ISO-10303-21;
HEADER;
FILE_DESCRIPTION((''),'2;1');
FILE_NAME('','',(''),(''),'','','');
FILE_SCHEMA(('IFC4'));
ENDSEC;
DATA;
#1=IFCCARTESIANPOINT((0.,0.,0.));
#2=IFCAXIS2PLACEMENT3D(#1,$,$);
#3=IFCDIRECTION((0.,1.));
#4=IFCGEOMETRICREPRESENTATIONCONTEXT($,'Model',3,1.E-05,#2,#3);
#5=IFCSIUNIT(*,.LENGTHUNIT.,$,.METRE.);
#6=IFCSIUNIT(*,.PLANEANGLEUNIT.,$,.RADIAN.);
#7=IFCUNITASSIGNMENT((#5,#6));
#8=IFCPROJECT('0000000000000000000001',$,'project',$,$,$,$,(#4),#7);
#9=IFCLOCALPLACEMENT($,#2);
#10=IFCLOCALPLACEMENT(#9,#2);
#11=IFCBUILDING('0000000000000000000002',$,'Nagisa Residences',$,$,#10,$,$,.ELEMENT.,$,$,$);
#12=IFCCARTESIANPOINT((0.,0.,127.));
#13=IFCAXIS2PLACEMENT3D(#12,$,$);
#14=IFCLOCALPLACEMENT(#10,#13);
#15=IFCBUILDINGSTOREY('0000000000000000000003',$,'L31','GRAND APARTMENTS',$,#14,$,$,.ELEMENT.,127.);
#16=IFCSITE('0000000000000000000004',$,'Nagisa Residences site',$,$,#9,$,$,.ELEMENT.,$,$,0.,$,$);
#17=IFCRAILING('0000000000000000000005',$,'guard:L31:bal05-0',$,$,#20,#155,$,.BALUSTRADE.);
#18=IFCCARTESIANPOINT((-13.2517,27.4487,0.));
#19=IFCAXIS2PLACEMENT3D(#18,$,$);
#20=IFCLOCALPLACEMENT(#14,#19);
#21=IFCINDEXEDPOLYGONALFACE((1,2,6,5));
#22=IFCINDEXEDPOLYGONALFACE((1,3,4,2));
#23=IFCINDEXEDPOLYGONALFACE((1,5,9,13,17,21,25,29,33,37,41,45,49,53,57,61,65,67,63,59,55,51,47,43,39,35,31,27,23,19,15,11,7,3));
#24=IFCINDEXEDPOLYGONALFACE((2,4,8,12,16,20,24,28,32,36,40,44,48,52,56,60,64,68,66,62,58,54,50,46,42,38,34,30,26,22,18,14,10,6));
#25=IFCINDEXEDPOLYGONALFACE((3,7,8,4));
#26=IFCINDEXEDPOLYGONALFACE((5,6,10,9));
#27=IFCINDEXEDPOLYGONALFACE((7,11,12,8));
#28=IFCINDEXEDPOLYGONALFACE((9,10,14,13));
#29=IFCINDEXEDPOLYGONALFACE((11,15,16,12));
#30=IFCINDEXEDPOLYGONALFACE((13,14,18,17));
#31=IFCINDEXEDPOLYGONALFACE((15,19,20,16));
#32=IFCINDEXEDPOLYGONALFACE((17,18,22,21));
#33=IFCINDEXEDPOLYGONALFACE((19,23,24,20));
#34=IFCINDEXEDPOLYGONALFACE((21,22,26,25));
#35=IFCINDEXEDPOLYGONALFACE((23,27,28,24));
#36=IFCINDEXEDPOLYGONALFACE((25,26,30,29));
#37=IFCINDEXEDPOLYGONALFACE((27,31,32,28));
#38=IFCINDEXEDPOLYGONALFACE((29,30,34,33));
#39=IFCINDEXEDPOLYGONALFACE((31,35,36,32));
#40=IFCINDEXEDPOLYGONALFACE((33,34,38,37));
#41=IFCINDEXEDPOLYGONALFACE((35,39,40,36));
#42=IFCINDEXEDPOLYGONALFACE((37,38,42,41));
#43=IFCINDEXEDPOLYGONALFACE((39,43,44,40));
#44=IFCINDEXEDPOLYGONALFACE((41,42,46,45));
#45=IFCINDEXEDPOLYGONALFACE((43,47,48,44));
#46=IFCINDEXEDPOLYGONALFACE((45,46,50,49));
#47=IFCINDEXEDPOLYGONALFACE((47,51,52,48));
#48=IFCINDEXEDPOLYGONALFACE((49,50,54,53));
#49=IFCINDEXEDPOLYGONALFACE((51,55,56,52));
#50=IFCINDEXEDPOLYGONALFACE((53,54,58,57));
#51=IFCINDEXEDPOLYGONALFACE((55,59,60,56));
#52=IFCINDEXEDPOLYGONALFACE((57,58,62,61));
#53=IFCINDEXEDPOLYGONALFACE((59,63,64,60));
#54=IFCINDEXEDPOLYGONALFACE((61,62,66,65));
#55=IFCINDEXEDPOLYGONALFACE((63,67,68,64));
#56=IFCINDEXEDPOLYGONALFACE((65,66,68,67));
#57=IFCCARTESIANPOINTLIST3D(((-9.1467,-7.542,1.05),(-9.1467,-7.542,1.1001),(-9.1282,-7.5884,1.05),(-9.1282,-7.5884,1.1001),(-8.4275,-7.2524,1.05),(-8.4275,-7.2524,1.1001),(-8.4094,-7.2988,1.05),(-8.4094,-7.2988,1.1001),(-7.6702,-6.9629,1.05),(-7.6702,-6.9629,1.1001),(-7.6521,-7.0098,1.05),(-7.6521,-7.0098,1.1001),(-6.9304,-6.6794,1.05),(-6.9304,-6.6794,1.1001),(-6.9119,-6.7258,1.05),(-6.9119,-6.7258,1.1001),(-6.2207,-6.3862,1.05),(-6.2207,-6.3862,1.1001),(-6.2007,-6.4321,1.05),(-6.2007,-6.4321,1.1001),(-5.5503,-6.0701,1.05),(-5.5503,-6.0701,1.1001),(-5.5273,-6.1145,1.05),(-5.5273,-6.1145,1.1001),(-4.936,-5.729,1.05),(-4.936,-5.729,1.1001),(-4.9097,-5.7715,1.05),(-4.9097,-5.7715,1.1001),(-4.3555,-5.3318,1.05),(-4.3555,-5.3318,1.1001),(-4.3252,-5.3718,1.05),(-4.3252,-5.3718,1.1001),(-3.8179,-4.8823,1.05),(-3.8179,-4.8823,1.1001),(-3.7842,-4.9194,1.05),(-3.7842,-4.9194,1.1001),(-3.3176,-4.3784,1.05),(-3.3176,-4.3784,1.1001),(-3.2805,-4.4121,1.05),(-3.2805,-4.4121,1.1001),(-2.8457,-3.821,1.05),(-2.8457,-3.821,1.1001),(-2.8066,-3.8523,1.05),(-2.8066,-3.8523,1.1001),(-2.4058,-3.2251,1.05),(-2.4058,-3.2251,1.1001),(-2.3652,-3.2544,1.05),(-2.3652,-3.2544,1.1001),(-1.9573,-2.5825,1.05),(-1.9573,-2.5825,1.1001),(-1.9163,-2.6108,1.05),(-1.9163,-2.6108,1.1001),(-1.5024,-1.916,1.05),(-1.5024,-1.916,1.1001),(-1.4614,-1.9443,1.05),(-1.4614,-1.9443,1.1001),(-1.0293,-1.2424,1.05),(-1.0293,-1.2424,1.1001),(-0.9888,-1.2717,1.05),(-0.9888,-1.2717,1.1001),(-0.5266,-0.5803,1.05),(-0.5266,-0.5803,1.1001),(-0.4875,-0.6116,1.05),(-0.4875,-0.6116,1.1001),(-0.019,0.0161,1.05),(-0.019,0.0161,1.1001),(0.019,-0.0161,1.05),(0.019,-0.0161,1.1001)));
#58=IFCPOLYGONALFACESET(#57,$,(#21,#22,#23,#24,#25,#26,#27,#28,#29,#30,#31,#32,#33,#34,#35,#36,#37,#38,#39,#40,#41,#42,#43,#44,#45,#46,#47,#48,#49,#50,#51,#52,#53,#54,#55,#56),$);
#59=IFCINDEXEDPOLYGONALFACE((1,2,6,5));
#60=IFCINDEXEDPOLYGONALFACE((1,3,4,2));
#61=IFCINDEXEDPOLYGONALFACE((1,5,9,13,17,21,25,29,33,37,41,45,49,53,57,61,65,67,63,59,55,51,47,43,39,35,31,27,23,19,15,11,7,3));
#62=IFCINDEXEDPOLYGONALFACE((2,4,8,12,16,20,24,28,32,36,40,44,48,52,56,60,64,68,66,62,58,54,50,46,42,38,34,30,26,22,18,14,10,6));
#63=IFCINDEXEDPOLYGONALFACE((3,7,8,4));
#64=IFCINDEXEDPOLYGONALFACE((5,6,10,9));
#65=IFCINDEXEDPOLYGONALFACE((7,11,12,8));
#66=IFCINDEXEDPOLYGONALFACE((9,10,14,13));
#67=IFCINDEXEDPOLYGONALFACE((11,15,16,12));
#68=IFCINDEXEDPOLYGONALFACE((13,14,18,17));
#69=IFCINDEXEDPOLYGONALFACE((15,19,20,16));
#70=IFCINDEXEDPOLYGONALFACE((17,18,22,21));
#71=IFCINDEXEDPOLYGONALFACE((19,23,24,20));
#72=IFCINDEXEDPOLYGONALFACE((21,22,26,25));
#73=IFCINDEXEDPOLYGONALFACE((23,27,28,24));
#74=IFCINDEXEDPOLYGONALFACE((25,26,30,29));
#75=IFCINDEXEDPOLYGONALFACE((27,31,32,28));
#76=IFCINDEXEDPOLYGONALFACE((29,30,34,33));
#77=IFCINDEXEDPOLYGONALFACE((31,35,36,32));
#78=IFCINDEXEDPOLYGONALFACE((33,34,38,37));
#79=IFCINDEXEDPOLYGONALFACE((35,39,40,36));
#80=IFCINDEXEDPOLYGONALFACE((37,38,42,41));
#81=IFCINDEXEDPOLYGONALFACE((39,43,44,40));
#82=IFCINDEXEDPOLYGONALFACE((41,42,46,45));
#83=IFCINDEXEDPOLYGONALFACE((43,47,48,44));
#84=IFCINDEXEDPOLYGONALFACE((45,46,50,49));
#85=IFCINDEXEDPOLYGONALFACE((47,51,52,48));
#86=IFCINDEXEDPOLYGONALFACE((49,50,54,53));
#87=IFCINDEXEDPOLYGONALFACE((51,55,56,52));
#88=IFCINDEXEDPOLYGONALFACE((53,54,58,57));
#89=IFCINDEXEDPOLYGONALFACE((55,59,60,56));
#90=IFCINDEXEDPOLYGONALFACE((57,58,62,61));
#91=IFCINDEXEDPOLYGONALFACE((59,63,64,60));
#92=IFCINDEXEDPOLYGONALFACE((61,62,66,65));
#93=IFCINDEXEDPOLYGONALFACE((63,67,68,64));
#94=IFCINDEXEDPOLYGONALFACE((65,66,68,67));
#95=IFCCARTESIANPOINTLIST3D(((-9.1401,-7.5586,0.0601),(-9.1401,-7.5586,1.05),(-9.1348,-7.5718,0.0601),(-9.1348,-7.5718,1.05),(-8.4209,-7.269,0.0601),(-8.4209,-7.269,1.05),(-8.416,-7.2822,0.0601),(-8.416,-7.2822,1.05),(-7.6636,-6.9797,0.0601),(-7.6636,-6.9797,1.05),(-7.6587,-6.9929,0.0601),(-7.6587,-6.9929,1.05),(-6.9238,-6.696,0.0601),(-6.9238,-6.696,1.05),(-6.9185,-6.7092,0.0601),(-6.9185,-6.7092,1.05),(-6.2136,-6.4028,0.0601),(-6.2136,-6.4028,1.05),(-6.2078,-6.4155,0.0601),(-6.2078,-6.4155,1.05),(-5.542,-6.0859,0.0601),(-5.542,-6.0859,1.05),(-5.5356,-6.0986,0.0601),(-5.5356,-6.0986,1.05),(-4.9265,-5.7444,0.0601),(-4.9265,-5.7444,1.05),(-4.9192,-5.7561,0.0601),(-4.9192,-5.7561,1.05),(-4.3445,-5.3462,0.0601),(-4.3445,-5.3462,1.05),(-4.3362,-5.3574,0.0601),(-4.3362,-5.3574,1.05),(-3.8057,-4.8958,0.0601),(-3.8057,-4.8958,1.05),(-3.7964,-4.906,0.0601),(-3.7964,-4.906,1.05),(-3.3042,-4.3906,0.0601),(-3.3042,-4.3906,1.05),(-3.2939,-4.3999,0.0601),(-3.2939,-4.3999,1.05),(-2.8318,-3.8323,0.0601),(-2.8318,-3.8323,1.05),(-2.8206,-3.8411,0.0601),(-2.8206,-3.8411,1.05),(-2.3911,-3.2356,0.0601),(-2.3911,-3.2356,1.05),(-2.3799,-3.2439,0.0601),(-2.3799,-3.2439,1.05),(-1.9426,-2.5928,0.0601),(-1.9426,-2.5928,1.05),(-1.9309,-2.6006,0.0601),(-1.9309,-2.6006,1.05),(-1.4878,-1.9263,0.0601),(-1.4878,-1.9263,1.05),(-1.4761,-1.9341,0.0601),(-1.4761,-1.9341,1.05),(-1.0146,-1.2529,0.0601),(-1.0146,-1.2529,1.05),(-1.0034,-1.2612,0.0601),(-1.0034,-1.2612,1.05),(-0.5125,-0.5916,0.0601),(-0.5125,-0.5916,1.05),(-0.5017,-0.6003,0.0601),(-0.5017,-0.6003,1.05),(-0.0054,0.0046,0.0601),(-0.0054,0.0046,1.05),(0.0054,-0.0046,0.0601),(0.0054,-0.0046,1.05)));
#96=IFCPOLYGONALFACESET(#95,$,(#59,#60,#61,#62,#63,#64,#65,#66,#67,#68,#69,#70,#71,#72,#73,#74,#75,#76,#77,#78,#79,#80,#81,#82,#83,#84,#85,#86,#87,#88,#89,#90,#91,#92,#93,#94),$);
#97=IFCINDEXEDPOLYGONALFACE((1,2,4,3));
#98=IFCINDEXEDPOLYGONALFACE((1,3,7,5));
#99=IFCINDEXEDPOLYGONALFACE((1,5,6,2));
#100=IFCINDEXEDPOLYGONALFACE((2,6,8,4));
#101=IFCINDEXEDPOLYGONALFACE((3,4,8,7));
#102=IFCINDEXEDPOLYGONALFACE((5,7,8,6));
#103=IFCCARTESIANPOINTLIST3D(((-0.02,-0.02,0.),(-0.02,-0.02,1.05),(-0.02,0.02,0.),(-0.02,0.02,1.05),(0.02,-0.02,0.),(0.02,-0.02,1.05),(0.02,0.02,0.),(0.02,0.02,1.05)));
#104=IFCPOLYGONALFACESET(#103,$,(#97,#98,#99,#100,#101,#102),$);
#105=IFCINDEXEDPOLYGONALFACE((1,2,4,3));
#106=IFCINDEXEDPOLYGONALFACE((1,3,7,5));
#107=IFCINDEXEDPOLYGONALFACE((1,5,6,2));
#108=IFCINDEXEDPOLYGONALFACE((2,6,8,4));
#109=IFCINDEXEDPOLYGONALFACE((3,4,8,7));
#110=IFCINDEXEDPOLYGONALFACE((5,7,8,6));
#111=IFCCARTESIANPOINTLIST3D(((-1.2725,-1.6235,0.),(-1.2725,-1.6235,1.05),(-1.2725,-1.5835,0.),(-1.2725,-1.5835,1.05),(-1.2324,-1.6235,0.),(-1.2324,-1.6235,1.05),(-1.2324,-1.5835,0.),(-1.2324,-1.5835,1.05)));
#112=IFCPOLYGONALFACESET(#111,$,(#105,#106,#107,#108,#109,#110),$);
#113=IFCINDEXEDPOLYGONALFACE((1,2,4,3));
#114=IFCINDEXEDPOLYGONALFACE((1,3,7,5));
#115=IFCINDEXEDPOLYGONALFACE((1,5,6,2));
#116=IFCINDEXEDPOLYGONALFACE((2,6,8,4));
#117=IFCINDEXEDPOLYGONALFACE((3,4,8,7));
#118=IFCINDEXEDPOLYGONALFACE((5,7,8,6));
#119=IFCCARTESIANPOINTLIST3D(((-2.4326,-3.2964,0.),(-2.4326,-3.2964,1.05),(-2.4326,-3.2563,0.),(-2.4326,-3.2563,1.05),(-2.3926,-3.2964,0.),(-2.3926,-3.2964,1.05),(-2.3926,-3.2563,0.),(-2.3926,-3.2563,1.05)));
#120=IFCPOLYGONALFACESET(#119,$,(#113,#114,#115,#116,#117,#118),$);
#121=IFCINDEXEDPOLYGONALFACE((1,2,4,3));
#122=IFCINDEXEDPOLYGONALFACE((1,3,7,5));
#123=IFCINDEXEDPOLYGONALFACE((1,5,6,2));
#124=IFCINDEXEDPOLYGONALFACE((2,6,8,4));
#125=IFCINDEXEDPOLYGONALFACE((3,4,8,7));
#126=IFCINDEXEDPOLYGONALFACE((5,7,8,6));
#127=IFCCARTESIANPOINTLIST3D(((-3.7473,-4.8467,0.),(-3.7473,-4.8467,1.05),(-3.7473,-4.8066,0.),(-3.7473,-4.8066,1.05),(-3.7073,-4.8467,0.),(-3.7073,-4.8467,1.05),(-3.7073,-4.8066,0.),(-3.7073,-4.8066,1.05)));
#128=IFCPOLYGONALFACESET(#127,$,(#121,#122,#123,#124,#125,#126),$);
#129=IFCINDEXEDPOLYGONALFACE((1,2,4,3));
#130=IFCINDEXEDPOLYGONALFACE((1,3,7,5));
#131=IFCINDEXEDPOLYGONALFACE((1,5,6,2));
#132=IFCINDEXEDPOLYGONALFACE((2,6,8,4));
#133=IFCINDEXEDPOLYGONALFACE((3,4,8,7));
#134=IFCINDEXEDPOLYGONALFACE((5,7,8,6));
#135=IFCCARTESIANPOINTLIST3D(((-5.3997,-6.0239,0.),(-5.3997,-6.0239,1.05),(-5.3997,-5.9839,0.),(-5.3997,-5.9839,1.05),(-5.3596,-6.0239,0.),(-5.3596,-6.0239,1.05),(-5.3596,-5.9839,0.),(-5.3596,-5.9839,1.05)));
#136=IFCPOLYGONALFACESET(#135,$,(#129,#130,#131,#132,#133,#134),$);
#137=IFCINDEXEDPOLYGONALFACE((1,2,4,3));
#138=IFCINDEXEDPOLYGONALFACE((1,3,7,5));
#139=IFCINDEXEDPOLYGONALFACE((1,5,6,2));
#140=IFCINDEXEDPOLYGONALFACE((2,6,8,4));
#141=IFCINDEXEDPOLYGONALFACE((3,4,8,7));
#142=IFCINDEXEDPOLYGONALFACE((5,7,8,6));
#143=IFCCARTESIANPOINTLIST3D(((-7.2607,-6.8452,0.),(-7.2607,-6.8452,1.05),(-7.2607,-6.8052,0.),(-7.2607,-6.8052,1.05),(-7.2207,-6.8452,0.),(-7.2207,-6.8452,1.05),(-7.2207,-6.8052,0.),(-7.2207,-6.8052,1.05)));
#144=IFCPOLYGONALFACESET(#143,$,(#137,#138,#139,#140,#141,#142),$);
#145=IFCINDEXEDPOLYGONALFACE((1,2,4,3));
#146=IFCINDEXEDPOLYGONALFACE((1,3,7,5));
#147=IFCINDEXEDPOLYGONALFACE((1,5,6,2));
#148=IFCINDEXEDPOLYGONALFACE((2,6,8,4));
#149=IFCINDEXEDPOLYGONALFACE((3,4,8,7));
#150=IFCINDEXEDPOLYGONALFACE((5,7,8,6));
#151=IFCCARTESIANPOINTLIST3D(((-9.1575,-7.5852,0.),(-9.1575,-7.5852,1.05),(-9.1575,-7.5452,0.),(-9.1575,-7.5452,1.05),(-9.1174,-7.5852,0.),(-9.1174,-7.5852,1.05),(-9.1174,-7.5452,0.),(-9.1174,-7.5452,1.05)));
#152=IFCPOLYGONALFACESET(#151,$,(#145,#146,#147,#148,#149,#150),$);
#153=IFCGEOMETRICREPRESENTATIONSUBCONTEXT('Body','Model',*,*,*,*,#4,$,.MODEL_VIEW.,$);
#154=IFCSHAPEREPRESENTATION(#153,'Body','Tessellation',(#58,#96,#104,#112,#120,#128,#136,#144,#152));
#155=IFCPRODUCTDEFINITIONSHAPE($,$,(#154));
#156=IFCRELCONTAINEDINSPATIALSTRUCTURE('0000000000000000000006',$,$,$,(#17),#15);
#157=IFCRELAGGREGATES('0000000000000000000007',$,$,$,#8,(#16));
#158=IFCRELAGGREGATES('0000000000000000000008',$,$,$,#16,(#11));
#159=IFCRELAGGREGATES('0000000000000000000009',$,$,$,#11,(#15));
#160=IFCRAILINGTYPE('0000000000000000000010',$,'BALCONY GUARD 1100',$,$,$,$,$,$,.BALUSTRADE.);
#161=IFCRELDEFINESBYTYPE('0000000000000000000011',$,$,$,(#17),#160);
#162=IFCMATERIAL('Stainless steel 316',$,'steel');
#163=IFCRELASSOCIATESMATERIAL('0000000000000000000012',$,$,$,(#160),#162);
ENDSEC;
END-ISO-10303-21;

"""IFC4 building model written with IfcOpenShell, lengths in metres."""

from ifc_helpers import new_model, si_unit, direction, frame, origin, origin_2d, place, context, subcontext, project, spatial, polyline, rectangle, outline, extrude, material, type_object, element, save


model = new_model("IFC4")

# Units and contexts
model_context = context("Model", 3, precision=1e-05, world=origin(), true_north=direction((0.0, 1.0)))
body_context = subcontext(model_context, "Body", "Model", "MODEL_VIEW")
ifc_project = project(units=[si_unit("LENGTHUNIT", "METRE"), si_unit("PLANEANGLEUNIT", "RADIAN")], contexts=[model_context])

# Site, building, storey
site_placement = place(None, origin())
site = spatial("IfcSite", under=ifc_project, at=site_placement, Name="Nagisa Residences site", CompositionType="ELEMENT", RefElevation=0.0)
building_placement = place(site_placement, origin())
building = spatial("IfcBuilding", under=site, at=building_placement, Name="Nagisa Residences", CompositionType="ELEMENT")
storey_placement = place(building_placement, frame((0.0, 0.0, 127.0)))
storey = spatial("IfcBuildingStorey", under=building, at=storey_placement, Name="L31", Description="GRAND APARTMENTS", CompositionType="ELEMENT", Elevation=127.0)

# Railing
ifc_material_1 = material(Name="Stainless steel 316", Category="steel")
railing_type = type_object("IfcRailingType", Name="BALCONY GUARD 1100", PredefinedType="BALUSTRADE", material=ifc_material_1)
railing_1_placement = place(storey_placement, frame((-13.2517, 27.4487, 0.0)))
element("IfcRailing", 1, at=railing_1_placement, inside=storey, type_object=railing_type, Name="guard:L31:bal05-0", PredefinedType="BALUSTRADE", context=body_context, shape_type="SweptSolid", body=[
    extrude(outline(polyline([(-0.4875, -0.6116), (0.019, -0.0161), (-0.019, 0.0161), (-0.5266, -0.5803), (-1.0293, -1.2424), (-1.5024, -1.916), (-1.9573, -2.5825), (-2.4058, -3.2251), (-2.8457, -3.821), (-3.3176, -4.3784), (-3.8179, -4.8823), (-4.3555, -5.3318), (-4.936, -5.729), (-5.5503, -6.0701), (-6.2207, -6.3862), (-6.9304, -6.6794), (-7.6702, -6.9629), (-8.4275, -7.2524), (-9.1467, -7.542), (-9.1282, -7.5884), (-8.4094, -7.2988), (-7.6521, -7.0098), (-6.9119, -6.7258), (-6.2007, -6.4321), (-5.5273, -6.1145), (-4.9097, -5.7715), (-4.3252, -5.3718), (-3.7842, -4.9194), (-3.2805, -4.4121), (-2.8066, -3.8523), (-2.3652, -3.2544), (-1.9163, -2.6108), (-1.4614, -1.9443), (-0.9888, -1.2717), (-0.4875, -0.6116)])), frame((0.0, 0.0, 1.05)), (0.0, 0.0, 1.0), 0.05),
    extrude(outline(polyline([(-0.5017, -0.6003), (0.0054, -0.0046), (-0.0054, 0.0046), (-0.5125, -0.5916), (-1.0146, -1.2529), (-1.4878, -1.9263), (-1.9426, -2.5928), (-2.3911, -3.2356), (-2.8318, -3.8323), (-3.3042, -4.3906), (-3.8057, -4.8958), (-4.3445, -5.3462), (-4.9265, -5.7444), (-5.542, -6.0859), (-6.2136, -6.4028), (-6.9238, -6.696), (-7.6636, -6.9797), (-8.4209, -7.269), (-9.1401, -7.5586), (-9.1348, -7.5718), (-8.416, -7.2822), (-7.6587, -6.9929), (-6.9185, -6.7092), (-6.2078, -6.4155), (-5.5356, -6.0986), (-4.9192, -5.7561), (-4.3362, -5.3574), (-3.7964, -4.906), (-3.2939, -4.3999), (-2.8206, -3.8411), (-2.3799, -3.2439), (-1.9309, -2.6006), (-1.4761, -1.9341), (-1.0034, -1.2612), (-0.5017, -0.6003)])), frame((0.0, 0.0, 0.0601)), (0.0, 0.0, 1.0), 0.99),
    extrude(rectangle(XDim=0.04, YDim=0.04, at=origin_2d()), origin(), (0.0, 0.0, 1.0), 1.05),
    extrude(rectangle(XDim=0.04, YDim=0.04, at=origin_2d()), frame((-1.2524, -1.6035, 0.0)), (0.0, 0.0, 1.0), 1.05),
    extrude(rectangle(XDim=0.04, YDim=0.04, at=origin_2d()), frame((-2.4126, -3.2764, 0.0)), (0.0, 0.0, 1.0), 1.05),
    extrude(rectangle(XDim=0.04, YDim=0.04, at=origin_2d()), frame((-3.7273, -4.8267, 0.0)), (0.0, 0.0, 1.0), 1.05),
    extrude(rectangle(XDim=0.04, YDim=0.04, at=origin_2d()), frame((-5.3796, -6.0039, 0.0)), (0.0, 0.0, 1.0), 1.05),
    extrude(rectangle(XDim=0.04, YDim=0.04, at=origin_2d()), frame((-7.2407, -6.8252, 0.0)), (0.0, 0.0, 1.0), 1.05),
    extrude(rectangle(XDim=0.04, YDim=0.04, at=origin_2d()), frame((-9.1375, -7.5652, 0.0)), (0.0, 0.0, 1.0), 1.05),
])

save(model, "model.ifc")
